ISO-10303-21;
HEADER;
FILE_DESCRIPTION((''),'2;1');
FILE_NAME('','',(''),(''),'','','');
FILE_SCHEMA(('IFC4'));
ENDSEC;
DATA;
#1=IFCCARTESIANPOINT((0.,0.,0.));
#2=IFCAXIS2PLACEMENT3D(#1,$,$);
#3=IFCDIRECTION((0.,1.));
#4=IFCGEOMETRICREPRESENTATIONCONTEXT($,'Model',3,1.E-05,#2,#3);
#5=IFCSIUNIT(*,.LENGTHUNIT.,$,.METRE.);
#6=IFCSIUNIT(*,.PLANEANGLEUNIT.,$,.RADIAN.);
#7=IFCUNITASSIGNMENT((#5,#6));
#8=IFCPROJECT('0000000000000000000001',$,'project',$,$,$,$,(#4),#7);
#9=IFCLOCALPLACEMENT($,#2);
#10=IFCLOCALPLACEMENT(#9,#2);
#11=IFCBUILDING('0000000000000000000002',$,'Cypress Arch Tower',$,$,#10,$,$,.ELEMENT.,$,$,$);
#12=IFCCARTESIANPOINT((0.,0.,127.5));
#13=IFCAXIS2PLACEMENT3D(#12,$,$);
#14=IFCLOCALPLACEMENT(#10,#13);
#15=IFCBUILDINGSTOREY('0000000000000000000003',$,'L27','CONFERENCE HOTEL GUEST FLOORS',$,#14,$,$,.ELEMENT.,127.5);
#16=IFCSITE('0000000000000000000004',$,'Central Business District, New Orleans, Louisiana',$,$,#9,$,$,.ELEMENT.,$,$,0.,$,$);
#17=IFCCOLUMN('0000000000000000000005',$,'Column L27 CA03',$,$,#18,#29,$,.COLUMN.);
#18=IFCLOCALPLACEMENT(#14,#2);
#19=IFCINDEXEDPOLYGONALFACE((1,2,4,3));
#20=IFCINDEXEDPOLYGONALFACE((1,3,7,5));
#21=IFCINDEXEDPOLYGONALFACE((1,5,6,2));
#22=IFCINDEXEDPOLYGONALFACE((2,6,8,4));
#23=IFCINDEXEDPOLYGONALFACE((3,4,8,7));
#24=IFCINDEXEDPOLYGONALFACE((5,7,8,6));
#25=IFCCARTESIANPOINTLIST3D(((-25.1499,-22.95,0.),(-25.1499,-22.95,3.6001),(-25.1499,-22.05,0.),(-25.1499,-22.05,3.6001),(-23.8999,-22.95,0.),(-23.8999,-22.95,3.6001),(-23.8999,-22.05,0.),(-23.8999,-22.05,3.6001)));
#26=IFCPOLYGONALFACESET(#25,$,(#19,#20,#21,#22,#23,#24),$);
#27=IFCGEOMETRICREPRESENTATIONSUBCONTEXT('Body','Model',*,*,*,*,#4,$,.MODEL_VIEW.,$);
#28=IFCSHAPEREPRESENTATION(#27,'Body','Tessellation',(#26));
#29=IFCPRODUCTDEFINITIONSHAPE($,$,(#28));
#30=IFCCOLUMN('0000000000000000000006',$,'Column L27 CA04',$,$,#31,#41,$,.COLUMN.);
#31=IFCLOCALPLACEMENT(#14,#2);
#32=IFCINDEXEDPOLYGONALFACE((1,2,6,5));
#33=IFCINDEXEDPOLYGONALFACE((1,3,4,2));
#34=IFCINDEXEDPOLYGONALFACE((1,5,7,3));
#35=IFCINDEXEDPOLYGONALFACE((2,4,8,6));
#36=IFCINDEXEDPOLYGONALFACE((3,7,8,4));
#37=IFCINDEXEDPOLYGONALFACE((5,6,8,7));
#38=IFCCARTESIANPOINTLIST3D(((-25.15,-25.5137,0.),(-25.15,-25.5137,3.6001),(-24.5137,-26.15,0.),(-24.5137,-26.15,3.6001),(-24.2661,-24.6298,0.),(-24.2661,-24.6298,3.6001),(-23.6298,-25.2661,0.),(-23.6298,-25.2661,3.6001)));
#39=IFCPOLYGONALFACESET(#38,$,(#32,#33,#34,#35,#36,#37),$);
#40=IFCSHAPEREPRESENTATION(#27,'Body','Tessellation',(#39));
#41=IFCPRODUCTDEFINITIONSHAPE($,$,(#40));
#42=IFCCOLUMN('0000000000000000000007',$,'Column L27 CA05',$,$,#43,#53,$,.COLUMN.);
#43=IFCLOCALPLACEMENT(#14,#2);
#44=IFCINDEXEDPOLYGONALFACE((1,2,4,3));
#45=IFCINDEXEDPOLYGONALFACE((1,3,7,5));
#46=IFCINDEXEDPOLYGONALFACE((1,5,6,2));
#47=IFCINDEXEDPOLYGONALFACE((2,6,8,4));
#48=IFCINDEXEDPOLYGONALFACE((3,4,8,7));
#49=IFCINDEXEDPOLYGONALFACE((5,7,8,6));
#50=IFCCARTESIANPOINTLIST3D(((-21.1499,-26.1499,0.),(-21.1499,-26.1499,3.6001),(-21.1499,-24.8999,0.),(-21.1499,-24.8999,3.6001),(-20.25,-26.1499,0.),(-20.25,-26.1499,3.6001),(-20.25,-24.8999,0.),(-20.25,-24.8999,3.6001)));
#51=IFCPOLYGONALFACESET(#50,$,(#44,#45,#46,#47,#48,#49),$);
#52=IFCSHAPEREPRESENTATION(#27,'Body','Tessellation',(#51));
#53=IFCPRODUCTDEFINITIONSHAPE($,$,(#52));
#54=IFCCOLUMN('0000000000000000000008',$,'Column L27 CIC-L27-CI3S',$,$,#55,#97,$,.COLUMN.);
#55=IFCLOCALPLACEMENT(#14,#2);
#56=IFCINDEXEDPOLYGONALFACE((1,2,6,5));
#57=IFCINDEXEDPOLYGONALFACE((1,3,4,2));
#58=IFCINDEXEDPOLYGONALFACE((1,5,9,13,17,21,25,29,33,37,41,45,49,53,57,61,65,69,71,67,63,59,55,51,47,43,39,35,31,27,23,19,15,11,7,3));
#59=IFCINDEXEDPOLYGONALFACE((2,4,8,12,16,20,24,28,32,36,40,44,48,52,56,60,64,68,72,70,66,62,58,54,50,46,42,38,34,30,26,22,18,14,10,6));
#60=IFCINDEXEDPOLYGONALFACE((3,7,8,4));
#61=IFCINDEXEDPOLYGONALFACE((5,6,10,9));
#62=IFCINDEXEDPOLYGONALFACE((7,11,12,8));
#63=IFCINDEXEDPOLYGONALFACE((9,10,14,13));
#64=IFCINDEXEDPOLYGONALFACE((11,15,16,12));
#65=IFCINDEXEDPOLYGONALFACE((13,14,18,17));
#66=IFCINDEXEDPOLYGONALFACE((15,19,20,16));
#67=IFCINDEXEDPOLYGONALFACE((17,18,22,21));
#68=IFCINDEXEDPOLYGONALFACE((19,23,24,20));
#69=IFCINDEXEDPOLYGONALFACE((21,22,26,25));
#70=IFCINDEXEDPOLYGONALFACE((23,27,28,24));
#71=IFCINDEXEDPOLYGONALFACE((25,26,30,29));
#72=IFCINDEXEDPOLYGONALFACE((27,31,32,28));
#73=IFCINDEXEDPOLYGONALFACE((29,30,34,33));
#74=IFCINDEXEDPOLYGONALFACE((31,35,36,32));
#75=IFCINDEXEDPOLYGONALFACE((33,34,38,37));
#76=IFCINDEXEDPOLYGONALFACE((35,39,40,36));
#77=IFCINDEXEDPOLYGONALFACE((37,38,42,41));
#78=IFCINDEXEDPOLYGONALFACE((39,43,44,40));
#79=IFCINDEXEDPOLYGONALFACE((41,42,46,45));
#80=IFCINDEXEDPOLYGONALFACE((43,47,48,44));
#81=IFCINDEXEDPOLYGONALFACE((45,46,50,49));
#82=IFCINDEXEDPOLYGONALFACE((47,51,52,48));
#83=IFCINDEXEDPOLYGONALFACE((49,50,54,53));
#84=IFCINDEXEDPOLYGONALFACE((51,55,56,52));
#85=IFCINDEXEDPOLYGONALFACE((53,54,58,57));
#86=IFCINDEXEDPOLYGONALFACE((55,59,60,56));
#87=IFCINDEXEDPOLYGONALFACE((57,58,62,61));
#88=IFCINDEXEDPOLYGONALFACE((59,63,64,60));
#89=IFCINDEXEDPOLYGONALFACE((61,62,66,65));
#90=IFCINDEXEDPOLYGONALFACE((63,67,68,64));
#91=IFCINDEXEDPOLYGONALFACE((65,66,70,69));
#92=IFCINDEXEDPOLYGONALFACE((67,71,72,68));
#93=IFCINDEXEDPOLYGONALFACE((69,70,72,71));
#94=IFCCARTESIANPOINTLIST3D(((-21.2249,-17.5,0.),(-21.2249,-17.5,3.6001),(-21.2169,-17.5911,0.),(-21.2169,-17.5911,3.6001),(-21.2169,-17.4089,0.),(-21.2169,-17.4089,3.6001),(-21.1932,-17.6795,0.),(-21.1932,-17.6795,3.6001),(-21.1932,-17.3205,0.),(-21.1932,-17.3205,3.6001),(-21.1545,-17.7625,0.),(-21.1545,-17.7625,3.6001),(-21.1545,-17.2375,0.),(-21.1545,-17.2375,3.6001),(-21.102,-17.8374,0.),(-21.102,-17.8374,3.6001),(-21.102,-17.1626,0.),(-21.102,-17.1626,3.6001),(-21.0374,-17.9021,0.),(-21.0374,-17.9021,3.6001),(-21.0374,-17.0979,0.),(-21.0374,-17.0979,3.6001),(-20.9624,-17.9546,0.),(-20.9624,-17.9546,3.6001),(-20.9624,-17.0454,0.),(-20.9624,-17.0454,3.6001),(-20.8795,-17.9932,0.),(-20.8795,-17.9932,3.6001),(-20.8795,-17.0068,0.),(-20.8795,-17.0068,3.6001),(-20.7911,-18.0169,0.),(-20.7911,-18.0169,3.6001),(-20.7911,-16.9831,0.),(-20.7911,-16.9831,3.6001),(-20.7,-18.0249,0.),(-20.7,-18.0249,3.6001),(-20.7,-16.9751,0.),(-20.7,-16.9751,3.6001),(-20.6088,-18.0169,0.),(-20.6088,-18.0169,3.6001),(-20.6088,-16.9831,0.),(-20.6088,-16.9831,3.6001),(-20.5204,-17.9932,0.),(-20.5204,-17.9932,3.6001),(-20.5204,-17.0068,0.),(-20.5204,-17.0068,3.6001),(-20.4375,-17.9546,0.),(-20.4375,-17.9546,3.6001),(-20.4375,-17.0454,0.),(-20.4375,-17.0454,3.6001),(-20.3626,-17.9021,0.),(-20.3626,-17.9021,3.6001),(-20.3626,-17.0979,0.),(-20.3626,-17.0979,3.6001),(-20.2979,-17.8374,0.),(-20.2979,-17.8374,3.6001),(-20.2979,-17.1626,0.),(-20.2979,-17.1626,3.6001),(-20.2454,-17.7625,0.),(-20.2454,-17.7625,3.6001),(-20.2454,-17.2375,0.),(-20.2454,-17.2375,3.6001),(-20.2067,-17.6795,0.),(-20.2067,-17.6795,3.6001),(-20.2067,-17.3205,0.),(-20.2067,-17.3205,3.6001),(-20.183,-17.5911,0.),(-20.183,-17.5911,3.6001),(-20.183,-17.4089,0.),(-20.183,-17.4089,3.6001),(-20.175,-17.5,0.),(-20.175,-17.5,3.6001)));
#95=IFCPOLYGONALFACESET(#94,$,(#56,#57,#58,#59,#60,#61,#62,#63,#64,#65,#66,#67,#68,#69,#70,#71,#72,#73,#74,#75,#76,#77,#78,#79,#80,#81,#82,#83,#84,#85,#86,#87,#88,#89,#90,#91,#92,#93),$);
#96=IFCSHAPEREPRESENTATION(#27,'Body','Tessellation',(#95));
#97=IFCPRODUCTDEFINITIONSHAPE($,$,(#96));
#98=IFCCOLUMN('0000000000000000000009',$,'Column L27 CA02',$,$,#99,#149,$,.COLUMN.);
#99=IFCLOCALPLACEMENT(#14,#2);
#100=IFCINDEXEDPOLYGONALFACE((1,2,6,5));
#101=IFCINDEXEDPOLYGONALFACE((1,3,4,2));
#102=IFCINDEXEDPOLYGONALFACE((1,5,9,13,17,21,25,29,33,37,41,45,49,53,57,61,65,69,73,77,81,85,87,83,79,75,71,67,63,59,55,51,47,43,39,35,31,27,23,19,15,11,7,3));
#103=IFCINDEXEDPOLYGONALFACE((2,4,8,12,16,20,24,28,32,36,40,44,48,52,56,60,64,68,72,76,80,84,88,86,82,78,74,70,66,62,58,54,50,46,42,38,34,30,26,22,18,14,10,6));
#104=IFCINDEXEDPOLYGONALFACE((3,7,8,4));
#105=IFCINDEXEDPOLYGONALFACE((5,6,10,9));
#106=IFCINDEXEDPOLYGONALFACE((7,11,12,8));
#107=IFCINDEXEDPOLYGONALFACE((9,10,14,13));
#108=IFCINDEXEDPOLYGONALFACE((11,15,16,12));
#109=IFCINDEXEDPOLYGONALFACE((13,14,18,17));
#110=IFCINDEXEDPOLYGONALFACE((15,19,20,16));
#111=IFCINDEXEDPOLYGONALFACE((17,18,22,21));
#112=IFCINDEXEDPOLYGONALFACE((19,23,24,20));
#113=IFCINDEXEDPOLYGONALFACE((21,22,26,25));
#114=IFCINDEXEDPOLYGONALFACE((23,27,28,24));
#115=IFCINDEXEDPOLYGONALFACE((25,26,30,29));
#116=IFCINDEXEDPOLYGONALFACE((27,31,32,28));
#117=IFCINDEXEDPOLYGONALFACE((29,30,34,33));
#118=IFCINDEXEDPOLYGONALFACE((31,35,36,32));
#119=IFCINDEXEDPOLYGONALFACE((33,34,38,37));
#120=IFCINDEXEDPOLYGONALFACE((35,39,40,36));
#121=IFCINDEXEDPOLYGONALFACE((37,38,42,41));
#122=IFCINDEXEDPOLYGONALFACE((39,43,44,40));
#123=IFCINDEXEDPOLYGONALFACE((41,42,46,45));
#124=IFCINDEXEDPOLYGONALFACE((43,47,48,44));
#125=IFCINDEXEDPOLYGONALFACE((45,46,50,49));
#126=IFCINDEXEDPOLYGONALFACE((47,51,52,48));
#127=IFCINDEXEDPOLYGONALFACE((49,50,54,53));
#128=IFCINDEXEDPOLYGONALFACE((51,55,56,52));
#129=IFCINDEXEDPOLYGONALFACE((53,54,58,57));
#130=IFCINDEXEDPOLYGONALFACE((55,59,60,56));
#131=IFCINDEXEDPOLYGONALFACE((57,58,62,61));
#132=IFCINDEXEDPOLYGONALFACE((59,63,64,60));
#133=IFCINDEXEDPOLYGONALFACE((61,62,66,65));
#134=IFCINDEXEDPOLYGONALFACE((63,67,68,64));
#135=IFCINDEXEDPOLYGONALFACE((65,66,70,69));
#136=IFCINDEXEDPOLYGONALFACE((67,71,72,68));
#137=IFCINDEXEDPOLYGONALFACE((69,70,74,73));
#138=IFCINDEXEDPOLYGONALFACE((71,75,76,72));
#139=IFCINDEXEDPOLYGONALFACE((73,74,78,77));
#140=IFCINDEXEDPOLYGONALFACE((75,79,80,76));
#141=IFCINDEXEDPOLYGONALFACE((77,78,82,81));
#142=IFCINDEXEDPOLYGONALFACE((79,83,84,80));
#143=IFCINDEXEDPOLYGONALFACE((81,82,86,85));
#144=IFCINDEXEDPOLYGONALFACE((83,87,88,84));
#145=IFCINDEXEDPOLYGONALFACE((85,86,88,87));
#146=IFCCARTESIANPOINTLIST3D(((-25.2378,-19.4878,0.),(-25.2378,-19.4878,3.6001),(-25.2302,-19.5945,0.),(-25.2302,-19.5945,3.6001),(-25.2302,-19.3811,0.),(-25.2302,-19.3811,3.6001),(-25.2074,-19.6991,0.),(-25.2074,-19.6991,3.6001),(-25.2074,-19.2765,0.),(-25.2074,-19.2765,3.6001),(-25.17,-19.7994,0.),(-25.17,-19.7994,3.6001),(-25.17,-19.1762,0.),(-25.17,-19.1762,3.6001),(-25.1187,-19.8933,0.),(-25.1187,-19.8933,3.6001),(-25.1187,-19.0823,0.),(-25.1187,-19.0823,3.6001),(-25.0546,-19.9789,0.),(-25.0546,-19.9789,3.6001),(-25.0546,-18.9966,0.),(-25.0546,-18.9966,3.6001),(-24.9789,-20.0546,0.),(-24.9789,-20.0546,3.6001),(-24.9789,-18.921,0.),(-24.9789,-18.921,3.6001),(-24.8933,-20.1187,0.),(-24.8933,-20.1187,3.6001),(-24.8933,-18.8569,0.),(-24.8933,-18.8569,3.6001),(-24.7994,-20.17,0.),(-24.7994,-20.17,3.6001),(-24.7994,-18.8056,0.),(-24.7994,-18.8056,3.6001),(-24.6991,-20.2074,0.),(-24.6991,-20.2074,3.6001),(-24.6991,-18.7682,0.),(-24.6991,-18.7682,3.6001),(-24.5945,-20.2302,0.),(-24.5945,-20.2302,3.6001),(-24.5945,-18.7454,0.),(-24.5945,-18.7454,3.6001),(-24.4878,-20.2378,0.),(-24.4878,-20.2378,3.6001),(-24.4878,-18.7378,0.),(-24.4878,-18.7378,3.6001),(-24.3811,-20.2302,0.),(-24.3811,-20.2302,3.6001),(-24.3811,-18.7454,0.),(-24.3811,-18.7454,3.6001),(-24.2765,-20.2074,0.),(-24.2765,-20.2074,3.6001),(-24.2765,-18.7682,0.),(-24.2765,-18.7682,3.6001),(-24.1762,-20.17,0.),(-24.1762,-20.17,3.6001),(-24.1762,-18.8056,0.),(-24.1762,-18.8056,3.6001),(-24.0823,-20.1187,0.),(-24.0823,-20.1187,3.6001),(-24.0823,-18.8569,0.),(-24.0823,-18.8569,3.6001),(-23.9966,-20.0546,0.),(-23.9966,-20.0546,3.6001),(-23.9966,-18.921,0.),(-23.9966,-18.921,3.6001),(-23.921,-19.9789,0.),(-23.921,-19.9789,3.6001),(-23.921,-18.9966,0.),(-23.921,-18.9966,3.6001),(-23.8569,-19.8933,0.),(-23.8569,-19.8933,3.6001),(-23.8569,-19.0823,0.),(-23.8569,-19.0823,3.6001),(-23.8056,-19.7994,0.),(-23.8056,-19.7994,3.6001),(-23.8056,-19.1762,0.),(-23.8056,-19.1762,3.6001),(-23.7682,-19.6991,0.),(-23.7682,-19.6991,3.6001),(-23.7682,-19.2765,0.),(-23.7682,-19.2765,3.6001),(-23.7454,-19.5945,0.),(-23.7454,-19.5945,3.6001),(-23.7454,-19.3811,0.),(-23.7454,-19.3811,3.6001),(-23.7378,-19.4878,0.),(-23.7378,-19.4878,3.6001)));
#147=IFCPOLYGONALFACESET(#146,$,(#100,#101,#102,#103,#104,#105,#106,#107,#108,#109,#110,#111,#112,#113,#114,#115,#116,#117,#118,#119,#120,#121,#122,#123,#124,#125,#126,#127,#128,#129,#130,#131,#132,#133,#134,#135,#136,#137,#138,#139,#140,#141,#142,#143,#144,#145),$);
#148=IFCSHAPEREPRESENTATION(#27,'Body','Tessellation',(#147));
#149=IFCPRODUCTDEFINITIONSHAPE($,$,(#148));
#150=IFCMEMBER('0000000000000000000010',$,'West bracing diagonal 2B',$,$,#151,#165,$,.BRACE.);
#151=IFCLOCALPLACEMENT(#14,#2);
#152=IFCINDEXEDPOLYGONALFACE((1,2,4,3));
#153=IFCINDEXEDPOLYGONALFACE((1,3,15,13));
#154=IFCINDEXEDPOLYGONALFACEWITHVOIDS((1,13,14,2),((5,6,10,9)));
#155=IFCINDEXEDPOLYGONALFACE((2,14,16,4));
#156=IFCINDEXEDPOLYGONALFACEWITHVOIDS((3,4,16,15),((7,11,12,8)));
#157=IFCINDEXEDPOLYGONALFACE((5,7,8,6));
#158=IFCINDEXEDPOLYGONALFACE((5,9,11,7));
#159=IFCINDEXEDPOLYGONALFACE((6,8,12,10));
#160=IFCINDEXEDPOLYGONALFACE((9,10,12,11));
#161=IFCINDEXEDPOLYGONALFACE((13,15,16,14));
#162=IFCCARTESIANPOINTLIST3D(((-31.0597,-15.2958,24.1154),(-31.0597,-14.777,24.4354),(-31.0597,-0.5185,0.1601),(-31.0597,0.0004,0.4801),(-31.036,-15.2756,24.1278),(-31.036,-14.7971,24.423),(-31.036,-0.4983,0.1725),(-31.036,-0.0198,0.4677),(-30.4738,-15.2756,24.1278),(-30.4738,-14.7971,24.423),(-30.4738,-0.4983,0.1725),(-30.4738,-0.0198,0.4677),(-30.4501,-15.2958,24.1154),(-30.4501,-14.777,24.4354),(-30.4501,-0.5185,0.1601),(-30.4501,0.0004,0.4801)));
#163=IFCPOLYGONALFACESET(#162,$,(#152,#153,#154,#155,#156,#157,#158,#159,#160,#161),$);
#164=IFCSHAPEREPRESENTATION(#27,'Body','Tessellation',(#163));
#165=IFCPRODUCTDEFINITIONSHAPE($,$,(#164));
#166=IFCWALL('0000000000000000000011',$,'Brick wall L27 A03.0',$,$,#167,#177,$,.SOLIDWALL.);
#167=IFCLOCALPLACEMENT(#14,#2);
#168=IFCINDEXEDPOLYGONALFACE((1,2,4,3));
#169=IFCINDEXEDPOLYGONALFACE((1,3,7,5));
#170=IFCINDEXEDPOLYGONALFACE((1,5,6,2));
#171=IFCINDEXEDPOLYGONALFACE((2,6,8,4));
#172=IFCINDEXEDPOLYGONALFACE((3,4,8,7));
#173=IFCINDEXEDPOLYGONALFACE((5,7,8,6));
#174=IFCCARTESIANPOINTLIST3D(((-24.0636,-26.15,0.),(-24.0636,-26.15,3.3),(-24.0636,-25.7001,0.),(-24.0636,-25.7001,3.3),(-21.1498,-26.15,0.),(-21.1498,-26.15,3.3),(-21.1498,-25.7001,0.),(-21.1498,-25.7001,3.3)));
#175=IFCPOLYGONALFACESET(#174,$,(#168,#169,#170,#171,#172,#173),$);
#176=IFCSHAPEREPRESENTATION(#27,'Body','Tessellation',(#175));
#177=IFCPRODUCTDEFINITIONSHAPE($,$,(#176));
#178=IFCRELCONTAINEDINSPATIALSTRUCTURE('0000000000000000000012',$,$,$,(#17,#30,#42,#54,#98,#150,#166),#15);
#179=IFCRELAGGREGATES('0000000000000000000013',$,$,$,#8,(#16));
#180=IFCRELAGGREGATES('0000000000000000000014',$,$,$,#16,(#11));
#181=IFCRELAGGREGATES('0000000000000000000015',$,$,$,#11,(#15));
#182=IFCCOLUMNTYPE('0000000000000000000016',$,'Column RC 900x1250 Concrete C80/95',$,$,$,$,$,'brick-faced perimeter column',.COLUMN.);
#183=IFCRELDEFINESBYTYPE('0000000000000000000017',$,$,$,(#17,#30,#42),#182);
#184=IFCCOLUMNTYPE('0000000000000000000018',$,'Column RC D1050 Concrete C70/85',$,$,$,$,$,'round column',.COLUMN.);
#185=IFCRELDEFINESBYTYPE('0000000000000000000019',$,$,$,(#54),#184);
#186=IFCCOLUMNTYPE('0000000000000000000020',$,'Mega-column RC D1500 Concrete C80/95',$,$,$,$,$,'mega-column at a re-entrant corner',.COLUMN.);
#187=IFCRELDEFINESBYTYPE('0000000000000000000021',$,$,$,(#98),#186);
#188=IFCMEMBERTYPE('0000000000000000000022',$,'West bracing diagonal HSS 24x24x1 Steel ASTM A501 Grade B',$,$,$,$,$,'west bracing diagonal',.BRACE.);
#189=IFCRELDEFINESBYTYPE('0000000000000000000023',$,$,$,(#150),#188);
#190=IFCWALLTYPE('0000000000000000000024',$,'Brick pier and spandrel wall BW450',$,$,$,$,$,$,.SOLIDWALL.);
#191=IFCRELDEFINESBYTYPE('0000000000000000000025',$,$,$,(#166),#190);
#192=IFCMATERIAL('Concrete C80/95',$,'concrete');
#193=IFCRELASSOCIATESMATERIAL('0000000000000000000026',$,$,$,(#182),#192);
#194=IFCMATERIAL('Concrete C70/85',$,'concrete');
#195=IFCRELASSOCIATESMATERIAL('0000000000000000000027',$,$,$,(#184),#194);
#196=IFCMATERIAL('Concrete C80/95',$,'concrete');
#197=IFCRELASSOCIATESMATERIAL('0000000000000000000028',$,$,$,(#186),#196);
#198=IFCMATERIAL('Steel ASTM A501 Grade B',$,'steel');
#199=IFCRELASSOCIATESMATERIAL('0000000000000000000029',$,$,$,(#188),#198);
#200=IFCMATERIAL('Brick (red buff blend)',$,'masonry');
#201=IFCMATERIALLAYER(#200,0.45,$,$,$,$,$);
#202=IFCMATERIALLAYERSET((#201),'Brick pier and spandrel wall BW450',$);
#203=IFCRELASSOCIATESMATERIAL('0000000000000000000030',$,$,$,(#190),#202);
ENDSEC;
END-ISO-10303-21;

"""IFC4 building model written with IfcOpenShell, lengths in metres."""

from ifc_helpers import new_model, si_unit, direction, frame, frame_2d, origin, origin_2d, place, context, subcontext, project, spatial, rectangle, hollow_rectangle, circle, extrude, material, layer, layer_set, material_profile, profile_set, type_object, element, save


model = new_model("IFC4")

# Units and contexts
model_context = context("Model", 3, precision=1e-05, world=origin(), true_north=direction((0.0, 1.0)))
body_context = subcontext(model_context, "Body", "Model", "MODEL_VIEW")
ifc_project = project(units=[si_unit("LENGTHUNIT", "METRE"), si_unit("PLANEANGLEUNIT", "RADIAN")], contexts=[model_context])

# Site, building, storey
site_placement = place(None, origin())
site = spatial("IfcSite", under=ifc_project, at=site_placement, Name="Central Business District, New Orleans, Louisiana", CompositionType="ELEMENT", RefElevation=0.0)
building_placement = place(site_placement, origin())
building = spatial("IfcBuilding", under=site, at=building_placement, Name="Cypress Arch Tower", CompositionType="ELEMENT")
storey_placement = place(building_placement, frame((0.0, 0.0, 127.5)))
storey = spatial("IfcBuildingStorey", under=building, at=storey_placement, Name="L27", Description="CONFERENCE HOTEL GUEST FLOORS", CompositionType="ELEMENT", Elevation=127.5)

# Columns
ifc_material_1 = material(Name="Concrete C80/95", Category="concrete")
ifc_material_profile_1 = material_profile(ifc_material_1, rectangle(XDim=0.8999, YDim=1.25, at=origin_2d()), Name="RC 900x1250")
ifc_profile_set_1 = profile_set([ifc_material_profile_1], Name="Concrete C80/95")
column_type_1 = type_object("IfcColumnType", Name="Column RC 900x1250 Concrete C80/95", ElementType="brick-faced perimeter column", PredefinedType="COLUMN", material=ifc_profile_set_1)
for number, where, z_axis, x_axis, name in (
    (1, (-24.5249, -22.5, 0.0), (0.0, 0.0, 1.0), (0.0, -1.0, 0.0), "Column L27 CA03"),
    (2, (-24.3899, -25.3899, 0.0), (0.0, 0.0, 1.0), (0.707107, -0.707107, 0.0), "Column L27 CA04"),
    (3, (-20.7, -25.5249, 0.0), (0.0, 0.0, 1.0), (1.0, 0.0, 0.0), "Column L27 CA05"),
):
    element("IfcColumn", number, at=place(storey_placement, frame(where, z_axis=z_axis, x_axis=x_axis)), inside=storey, type_object=column_type_1, Name=name, PredefinedType="COLUMN", context=body_context, shape_type="SweptSolid", body=[
        extrude(rectangle(XDim=0.8999, YDim=1.25, at=origin_2d()), origin(), (0.0, 0.0, 1.0), 3.6001),
    ])
ifc_material_2 = material(Name="Concrete C70/85", Category="concrete")
ifc_material_profile_2 = material_profile(ifc_material_2, circle(Radius=0.5249, at=origin_2d()), Name="RC D1050")
ifc_profile_set_2 = profile_set([ifc_material_profile_2], Name="Concrete C70/85")
column_type_2 = type_object("IfcColumnType", Name="Column RC D1050 Concrete C70/85", ElementType="round column", PredefinedType="COLUMN", material=ifc_profile_set_2)
column_1_placement = place(storey_placement, frame((-20.7, -17.5, 0.0), z_axis=(0.0, 0.0, 1.0), x_axis=(1.0, 0.0, 0.0)))
element("IfcColumn", 4, at=column_1_placement, inside=storey, type_object=column_type_2, Name="Column L27 CIC-L27-CI3S", PredefinedType="COLUMN", context=body_context, shape_type="SweptSolid", body=[
    extrude(circle(Radius=0.5249, at=origin_2d()), origin(), (0.0, 0.0, 1.0), 3.6001),
])
ifc_material_3 = material(Name="Concrete C80/95", Category="concrete")
ifc_material_profile_3 = material_profile(ifc_material_3, circle(Radius=0.75, at=origin_2d()), Name="RC D1500")
ifc_profile_set_3 = profile_set([ifc_material_profile_3], Name="Concrete C80/95")
column_type_3 = type_object("IfcColumnType", Name="Mega-column RC D1500 Concrete C80/95", ElementType="mega-column at a re-entrant corner", PredefinedType="COLUMN", material=ifc_profile_set_3)
column_2_placement = place(storey_placement, frame((-24.4878, -19.4878, 0.0), z_axis=(0.0, 0.0, 1.0), x_axis=(1.0, 0.0, 0.0)))
element("IfcColumn", 5, at=column_2_placement, inside=storey, type_object=column_type_3, Name="Column L27 CA02", PredefinedType="COLUMN", context=body_context, shape_type="SweptSolid", body=[
    extrude(circle(Radius=0.75, at=origin_2d()), origin(), (0.0, 0.0, 1.0), 3.6001),
])

# Member
ifc_material_4 = material(Name="Steel ASTM A501 Grade B", Category="steel")
ifc_material_profile_4 = material_profile(ifc_material_4, hollow_rectangle(XDim=0.6096, YDim=0.6096, WallThickness=0.0237, at=origin_2d()), Name="HSS 24x24x1")
ifc_profile_set_4 = profile_set([ifc_material_profile_4], Name="Steel ASTM A501 Grade B")
member_type = type_object("IfcMemberType", Name="West bracing diagonal HSS 24x24x1 Steel ASTM A501 Grade B", ElementType="west bracing diagonal", PredefinedType="BRACE", material=ifc_profile_set_4)
member_placement = place(storey_placement, frame((-30.7549, -15.0364, 24.2754), z_axis=(0.0, 0.525015, -0.851093), x_axis=(-1.0, 0.0, 0.0)))
element("IfcMember", 6, at=member_placement, inside=storey, type_object=member_type, Name="West bracing diagonal 2B", PredefinedType="BRACE", context=body_context, shape_type="SweptSolid", body=[
    extrude(hollow_rectangle(XDim=0.6096, YDim=0.6096, WallThickness=0.0237, at=origin_2d()), origin(), (0.0, 0.0, 1.0), 28.1465),
])

# Wall
ifc_material_5 = material(Name="Brick (red buff blend)", Category="masonry")
ifc_layer_1 = layer(ifc_material_5, 0.45)
ifc_layer_set_1 = layer_set([ifc_layer_1], Name="Brick pier and spandrel wall BW450")
wall_type_1 = type_object("IfcWallType", Name="Brick pier and spandrel wall BW450", PredefinedType="SOLIDWALL", material=ifc_layer_set_1)
wall_1_placement = place(storey_placement, frame((-24.0637, -25.925, 0.0), z_axis=(0.0, 0.0, 1.0), x_axis=(1.0, 0.0, 0.0)))
element("IfcWall", 7, at=wall_1_placement, inside=storey, type_object=wall_type_1, Name="Brick wall L27 A03.0", PredefinedType="SOLIDWALL", context=body_context, shape_type="SweptSolid", body=[
    extrude(rectangle(XDim=2.9138, YDim=0.45, at=frame_2d((1.457, 0.0))), origin(), (0.0, 0.0, 1.0), 3.3),
])

save(model, "model.ifc")
